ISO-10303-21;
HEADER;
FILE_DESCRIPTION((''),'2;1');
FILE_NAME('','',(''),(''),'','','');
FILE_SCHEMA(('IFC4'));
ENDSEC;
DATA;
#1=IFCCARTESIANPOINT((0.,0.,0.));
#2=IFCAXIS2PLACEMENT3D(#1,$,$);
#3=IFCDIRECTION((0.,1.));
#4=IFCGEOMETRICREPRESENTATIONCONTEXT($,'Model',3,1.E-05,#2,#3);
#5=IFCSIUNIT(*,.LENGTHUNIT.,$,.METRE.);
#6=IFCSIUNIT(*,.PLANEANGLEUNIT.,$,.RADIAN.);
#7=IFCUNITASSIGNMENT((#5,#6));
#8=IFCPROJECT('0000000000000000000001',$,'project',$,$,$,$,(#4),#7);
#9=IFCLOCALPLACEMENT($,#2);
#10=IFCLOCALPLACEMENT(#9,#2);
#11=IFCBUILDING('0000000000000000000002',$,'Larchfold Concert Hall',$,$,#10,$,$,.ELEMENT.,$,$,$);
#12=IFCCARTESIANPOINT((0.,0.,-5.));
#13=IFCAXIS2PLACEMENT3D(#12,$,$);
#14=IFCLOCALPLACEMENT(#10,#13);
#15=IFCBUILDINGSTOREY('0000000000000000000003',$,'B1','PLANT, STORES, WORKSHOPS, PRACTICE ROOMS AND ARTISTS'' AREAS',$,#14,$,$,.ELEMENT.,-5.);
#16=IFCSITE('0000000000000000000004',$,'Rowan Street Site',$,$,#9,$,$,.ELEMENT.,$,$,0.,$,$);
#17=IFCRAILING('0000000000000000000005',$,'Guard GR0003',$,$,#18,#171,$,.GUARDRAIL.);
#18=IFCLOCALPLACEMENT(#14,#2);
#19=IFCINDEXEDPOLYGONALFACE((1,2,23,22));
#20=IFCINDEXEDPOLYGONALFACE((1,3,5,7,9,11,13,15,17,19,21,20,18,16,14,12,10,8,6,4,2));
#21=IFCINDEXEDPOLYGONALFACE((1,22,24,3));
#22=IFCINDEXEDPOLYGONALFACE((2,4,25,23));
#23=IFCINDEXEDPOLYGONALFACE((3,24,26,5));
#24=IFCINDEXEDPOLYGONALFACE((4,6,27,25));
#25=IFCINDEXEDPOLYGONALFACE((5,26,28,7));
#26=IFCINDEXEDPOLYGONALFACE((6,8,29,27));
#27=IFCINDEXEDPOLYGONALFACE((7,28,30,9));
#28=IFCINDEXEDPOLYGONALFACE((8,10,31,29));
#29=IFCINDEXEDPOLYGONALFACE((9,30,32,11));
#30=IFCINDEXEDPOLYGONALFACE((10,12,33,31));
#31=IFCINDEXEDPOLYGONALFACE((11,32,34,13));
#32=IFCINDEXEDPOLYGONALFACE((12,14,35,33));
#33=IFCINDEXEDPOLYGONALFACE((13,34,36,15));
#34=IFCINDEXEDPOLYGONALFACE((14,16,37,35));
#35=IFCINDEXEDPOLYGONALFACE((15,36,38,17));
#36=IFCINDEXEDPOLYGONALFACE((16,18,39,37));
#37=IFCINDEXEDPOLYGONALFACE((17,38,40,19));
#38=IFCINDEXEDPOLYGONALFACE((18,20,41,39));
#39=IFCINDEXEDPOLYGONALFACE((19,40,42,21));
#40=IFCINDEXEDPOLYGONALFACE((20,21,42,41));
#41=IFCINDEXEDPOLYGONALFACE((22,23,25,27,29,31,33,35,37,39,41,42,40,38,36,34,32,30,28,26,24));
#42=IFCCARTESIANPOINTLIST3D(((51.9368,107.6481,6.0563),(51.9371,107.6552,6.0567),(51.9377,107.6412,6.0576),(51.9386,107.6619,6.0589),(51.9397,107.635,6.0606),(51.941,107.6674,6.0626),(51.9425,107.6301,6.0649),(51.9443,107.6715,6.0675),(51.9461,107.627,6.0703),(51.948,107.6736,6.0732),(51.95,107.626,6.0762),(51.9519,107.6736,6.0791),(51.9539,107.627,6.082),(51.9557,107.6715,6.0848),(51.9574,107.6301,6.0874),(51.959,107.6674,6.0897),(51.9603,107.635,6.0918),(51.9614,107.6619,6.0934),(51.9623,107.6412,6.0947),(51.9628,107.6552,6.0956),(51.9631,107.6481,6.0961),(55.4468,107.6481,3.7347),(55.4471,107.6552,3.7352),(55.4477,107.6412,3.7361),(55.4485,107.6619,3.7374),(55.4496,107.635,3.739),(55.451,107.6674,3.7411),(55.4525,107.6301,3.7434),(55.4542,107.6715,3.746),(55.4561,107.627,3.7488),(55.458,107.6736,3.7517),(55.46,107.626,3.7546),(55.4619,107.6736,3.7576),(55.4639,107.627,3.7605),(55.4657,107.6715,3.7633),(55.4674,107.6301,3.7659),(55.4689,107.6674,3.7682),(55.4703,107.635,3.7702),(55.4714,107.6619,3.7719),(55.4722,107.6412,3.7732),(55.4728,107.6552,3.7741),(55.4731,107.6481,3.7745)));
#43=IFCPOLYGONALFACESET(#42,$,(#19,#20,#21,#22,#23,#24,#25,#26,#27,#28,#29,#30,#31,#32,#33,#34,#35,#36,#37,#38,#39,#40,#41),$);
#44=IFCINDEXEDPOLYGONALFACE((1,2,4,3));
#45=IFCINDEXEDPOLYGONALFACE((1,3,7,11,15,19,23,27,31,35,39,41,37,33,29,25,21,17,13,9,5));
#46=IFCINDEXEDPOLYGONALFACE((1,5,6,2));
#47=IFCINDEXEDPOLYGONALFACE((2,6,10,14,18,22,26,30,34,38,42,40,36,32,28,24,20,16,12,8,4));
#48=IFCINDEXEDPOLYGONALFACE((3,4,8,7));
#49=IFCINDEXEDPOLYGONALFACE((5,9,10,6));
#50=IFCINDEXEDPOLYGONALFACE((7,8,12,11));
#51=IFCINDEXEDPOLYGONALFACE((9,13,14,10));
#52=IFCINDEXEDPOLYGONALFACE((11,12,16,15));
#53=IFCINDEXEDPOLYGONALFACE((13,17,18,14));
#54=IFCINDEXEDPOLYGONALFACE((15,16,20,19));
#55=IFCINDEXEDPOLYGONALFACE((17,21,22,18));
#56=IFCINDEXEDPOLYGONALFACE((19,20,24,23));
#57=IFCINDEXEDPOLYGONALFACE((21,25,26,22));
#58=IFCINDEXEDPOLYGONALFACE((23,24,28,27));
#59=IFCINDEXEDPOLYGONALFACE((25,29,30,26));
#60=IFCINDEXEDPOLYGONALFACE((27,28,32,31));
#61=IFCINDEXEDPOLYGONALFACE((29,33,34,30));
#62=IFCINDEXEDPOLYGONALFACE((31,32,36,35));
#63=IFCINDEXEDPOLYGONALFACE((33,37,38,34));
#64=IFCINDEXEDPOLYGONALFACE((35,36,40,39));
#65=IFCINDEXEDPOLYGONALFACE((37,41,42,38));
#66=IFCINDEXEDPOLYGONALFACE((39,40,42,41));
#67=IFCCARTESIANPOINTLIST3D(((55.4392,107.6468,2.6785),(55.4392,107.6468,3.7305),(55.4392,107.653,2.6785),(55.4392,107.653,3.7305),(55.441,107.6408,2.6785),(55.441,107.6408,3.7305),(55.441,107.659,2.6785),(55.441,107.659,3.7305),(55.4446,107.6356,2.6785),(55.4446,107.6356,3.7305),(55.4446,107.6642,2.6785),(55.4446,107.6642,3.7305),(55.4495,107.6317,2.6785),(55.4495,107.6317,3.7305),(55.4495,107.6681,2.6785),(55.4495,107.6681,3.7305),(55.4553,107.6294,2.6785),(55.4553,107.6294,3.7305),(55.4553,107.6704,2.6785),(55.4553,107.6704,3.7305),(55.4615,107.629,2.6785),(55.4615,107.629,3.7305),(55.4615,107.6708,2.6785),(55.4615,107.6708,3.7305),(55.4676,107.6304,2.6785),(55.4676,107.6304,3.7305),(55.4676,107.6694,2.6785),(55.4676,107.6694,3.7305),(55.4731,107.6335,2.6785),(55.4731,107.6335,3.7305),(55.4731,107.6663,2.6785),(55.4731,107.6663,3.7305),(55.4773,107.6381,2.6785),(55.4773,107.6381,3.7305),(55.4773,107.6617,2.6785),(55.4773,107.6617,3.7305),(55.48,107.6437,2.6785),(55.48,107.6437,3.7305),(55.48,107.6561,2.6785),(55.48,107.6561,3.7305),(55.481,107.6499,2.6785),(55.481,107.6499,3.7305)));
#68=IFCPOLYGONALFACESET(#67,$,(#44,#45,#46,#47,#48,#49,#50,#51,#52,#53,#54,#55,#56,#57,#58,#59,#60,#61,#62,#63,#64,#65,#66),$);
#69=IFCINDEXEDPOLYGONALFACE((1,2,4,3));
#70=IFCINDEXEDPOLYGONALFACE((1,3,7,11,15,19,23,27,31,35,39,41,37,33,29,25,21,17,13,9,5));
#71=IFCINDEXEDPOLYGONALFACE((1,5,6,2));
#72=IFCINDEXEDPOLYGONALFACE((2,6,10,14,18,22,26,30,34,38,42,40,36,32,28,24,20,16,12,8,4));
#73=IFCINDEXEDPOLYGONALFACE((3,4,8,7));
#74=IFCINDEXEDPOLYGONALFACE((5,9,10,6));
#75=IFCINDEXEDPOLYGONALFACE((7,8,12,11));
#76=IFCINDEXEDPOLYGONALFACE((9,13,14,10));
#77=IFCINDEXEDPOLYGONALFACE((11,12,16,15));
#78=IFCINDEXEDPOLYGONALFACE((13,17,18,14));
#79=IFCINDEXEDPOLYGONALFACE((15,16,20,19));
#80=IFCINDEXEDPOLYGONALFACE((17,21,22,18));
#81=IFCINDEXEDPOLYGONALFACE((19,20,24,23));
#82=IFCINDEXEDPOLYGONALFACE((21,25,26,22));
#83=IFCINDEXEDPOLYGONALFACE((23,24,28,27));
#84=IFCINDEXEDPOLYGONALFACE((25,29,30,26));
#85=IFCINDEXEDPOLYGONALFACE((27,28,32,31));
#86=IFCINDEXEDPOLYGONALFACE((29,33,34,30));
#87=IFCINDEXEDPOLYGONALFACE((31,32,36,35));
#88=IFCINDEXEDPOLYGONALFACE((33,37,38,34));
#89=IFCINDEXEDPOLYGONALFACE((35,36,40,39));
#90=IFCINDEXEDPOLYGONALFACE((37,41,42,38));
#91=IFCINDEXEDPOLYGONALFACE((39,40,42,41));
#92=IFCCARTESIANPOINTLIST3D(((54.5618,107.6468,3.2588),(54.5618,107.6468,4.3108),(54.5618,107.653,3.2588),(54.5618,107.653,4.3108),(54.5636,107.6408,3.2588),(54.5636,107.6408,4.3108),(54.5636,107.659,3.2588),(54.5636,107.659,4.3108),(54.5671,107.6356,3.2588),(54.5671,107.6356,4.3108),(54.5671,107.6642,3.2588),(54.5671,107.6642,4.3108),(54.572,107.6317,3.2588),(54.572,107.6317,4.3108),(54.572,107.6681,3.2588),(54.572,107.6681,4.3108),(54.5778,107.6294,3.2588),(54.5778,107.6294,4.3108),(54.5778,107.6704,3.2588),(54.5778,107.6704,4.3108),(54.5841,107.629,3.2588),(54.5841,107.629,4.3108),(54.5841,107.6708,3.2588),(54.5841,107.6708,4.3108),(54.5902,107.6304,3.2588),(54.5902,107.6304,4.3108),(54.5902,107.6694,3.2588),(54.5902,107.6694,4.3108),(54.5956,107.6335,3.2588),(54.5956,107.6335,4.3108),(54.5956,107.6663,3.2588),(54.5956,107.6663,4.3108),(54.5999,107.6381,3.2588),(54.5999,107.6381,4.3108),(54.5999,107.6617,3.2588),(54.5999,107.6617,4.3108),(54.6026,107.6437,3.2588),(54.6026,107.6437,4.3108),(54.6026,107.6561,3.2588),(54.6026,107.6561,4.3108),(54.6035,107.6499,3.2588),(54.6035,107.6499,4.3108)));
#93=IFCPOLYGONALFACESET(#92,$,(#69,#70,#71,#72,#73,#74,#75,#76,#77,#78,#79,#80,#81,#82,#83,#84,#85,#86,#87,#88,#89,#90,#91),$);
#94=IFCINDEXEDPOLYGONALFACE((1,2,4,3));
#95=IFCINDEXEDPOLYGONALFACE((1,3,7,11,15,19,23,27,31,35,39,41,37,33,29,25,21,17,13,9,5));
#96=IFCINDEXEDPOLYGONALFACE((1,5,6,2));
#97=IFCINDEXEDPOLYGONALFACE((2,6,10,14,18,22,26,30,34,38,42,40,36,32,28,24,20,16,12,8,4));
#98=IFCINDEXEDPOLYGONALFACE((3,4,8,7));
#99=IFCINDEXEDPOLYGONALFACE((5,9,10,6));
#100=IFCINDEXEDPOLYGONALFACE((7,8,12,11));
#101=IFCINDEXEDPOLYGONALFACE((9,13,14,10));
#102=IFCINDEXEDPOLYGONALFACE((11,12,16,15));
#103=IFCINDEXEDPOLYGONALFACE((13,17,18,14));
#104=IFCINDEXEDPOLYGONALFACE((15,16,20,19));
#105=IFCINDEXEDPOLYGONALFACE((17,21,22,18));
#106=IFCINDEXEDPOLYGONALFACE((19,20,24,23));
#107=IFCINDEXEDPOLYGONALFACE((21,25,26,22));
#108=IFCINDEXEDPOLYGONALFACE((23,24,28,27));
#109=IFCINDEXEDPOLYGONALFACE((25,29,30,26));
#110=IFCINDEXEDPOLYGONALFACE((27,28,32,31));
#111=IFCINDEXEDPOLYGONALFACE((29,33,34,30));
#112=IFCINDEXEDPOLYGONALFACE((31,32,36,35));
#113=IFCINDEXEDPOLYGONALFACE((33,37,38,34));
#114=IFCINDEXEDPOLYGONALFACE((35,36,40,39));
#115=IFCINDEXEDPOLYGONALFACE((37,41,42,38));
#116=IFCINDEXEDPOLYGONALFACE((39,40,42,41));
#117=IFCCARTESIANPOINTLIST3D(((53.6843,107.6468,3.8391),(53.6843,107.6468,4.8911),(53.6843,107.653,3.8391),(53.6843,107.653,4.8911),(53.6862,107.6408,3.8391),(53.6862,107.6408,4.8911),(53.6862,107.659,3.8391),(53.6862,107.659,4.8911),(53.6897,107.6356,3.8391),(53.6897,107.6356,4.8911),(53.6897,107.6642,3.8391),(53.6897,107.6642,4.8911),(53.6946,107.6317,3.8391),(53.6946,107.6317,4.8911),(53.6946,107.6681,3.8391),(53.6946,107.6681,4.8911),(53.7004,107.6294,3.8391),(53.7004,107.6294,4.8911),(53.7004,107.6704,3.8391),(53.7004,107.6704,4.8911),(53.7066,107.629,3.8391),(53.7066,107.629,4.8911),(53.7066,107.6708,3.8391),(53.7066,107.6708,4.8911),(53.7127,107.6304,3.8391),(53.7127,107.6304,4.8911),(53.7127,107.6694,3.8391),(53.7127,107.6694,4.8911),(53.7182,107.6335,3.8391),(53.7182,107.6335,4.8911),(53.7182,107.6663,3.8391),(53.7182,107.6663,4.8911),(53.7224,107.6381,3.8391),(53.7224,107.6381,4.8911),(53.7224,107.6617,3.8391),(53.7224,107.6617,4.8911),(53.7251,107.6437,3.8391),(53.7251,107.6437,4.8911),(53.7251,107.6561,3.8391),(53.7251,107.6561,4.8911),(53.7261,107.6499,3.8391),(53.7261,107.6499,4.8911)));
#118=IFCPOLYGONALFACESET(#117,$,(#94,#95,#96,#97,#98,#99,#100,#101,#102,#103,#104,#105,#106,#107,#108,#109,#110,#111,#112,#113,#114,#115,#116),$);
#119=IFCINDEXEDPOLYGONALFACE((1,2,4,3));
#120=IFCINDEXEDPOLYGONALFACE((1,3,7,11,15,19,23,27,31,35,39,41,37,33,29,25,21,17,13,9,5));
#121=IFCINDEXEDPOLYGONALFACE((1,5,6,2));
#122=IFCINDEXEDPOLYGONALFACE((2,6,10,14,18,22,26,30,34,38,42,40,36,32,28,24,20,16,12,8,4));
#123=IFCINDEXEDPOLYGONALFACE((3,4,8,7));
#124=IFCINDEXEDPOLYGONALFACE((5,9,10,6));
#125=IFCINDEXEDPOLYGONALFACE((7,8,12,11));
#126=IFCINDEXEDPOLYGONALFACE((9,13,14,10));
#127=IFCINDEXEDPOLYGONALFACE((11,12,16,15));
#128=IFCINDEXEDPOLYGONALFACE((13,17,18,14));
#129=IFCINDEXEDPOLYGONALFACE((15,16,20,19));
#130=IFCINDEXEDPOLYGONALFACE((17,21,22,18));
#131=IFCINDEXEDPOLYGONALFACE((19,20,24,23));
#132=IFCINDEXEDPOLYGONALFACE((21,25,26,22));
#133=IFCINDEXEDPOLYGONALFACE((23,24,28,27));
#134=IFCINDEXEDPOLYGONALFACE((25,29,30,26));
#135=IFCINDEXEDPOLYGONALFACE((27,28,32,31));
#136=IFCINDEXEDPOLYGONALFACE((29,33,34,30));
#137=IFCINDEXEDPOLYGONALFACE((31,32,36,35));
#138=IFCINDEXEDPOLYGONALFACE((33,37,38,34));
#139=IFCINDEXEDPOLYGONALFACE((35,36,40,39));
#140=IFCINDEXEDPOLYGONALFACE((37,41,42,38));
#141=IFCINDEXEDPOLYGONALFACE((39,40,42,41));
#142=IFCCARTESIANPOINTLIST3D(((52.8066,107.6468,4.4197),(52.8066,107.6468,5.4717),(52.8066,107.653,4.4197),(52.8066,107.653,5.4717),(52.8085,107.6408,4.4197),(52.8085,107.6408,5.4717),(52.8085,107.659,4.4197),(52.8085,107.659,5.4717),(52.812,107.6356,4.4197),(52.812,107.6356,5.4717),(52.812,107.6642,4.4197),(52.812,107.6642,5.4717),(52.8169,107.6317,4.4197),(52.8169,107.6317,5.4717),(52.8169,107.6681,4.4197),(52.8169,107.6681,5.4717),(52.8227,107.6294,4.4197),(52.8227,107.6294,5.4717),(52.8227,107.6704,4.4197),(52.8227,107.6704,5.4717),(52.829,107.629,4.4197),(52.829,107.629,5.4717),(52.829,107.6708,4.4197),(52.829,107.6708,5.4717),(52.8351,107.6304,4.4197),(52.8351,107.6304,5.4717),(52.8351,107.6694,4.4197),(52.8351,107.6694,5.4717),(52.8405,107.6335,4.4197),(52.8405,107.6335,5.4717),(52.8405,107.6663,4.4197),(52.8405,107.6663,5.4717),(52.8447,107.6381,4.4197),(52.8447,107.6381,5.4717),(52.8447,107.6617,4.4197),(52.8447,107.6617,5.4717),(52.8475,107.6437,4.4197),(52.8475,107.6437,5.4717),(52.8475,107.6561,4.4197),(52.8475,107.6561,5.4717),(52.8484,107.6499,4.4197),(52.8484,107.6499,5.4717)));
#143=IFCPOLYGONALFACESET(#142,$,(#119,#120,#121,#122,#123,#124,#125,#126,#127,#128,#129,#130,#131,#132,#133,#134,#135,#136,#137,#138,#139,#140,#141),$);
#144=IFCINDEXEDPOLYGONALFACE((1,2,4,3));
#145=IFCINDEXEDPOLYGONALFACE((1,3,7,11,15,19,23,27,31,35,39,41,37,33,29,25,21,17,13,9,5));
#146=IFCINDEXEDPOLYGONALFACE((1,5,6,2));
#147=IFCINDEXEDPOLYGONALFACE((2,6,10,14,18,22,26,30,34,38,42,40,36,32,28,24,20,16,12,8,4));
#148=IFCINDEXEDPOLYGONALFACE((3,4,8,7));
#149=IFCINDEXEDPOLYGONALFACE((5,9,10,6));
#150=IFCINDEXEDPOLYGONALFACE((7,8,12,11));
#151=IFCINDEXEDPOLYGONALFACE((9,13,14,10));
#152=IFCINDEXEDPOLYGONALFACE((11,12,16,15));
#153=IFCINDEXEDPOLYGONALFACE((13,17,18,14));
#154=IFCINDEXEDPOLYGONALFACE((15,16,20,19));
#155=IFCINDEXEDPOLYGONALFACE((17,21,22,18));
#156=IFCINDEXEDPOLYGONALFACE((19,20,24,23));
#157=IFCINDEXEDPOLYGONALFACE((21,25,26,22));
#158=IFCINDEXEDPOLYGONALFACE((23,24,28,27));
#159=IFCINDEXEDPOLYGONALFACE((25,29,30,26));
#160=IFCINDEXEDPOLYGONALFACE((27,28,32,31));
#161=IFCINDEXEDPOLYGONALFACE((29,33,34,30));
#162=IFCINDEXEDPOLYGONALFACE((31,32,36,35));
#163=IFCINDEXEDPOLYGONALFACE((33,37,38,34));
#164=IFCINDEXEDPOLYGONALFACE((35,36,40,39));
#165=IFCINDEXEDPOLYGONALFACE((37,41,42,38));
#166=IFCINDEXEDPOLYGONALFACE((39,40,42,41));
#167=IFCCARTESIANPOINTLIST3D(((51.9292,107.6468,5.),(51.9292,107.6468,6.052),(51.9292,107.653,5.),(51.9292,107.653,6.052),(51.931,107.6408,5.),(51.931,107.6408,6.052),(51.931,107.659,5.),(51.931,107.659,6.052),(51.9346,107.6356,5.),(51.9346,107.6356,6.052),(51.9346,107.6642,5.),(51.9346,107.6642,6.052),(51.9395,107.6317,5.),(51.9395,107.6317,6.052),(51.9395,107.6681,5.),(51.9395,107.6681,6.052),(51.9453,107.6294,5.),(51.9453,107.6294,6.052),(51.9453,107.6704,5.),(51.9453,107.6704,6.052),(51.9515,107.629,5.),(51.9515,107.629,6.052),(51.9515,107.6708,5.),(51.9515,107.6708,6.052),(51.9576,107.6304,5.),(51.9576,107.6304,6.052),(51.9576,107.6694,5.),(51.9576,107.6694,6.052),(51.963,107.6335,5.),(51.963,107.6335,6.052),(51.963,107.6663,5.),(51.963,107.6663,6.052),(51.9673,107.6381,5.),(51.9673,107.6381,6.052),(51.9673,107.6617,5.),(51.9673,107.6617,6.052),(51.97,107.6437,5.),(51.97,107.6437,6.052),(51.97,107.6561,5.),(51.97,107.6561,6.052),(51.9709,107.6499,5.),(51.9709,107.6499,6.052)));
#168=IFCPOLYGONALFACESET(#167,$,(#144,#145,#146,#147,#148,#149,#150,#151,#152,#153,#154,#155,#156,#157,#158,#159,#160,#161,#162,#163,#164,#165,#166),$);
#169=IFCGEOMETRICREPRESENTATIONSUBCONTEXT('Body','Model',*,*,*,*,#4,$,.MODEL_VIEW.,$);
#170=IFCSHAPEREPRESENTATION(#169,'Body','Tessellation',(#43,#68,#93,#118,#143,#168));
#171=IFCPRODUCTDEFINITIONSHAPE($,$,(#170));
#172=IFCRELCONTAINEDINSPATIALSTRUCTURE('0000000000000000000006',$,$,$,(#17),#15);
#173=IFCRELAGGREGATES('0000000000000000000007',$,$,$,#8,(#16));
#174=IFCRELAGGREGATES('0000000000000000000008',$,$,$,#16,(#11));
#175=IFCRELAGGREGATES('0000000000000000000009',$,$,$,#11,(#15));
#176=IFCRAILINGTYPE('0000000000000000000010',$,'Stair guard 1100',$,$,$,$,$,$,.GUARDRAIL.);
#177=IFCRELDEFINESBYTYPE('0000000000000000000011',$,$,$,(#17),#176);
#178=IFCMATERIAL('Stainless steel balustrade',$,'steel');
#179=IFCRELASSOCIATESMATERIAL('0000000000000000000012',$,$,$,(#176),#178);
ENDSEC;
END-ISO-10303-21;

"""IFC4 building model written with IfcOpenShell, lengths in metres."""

from ifc_helpers import new_model, si_unit, direction, frame, origin, origin_2d, place, context, subcontext, project, spatial, circle, extrude, material, type_object, element, save


model = new_model("IFC4")

# Units and contexts
model_context = context("Model", 3, precision=1e-05, world=origin(), true_north=direction((0.0, 1.0)))
body_context = subcontext(model_context, "Body", "Model", "MODEL_VIEW")
ifc_project = project(units=[si_unit("LENGTHUNIT", "METRE"), si_unit("PLANEANGLEUNIT", "RADIAN")], contexts=[model_context])

# Site, building, storey
site_placement = place(None, origin())
site = spatial("IfcSite", under=ifc_project, at=site_placement, Name="Rowan Street Site", CompositionType="ELEMENT", RefElevation=0.0)
building_placement = place(site_placement, origin())
building = spatial("IfcBuilding", under=site, at=building_placement, Name="Larchfold Concert Hall", CompositionType="ELEMENT")
storey_placement = place(building_placement, frame((0.0, 0.0, -5.0)))
storey = spatial("IfcBuildingStorey", under=building, at=storey_placement, Name="B1", Description="PLANT, STORES, WORKSHOPS, PRACTICE ROOMS AND ARTISTS' AREAS", CompositionType="ELEMENT", Elevation=-5.0)

# Railing
ifc_material_1 = material(Name="Stainless steel balustrade", Category="steel")
railing_type_1 = type_object("IfcRailingType", Name="Stair guard 1100", PredefinedType="GUARDRAIL", material=ifc_material_1)
railing_1_placement = place(storey_placement, frame((55.46, 107.6499, 2.6785)))
element("IfcRailing", 1, at=railing_1_placement, inside=storey, type_object=railing_type_1, Name="Guard GR0003", PredefinedType="GUARDRAIL", context=body_context, shape_type="SweptSolid", body=[
    extrude(circle(Radius=0.0239, at=origin_2d()), frame((0.0, 0.0, 1.0762), z_axis=(-0.834071, 0.0, 0.551657), x_axis=(0.0, -1.0, 0.0)), (0.0, 0.0, 1.0), 4.2083),
    extrude(circle(Radius=0.021, at=origin_2d()), origin(), (0.0, 0.0, 1.0), 1.052),
    extrude(circle(Radius=0.021, at=origin_2d()), frame((-0.8774, 0.0, 0.5803)), (0.0, 0.0, 1.0), 1.052),
    extrude(circle(Radius=0.021, at=origin_2d()), frame((-1.7549, 0.0, 1.1606)), (0.0, 0.0, 1.0), 1.052),
    extrude(circle(Radius=0.021, at=origin_2d()), frame((-2.6326, 0.0, 1.7412)), (0.0, 0.0, 1.0), 1.052),
    extrude(circle(Radius=0.021, at=origin_2d()), frame((-3.51, 0.0, 2.3215)), (0.0, 0.0, 1.0), 1.052),
])

save(model, "model.ifc")
